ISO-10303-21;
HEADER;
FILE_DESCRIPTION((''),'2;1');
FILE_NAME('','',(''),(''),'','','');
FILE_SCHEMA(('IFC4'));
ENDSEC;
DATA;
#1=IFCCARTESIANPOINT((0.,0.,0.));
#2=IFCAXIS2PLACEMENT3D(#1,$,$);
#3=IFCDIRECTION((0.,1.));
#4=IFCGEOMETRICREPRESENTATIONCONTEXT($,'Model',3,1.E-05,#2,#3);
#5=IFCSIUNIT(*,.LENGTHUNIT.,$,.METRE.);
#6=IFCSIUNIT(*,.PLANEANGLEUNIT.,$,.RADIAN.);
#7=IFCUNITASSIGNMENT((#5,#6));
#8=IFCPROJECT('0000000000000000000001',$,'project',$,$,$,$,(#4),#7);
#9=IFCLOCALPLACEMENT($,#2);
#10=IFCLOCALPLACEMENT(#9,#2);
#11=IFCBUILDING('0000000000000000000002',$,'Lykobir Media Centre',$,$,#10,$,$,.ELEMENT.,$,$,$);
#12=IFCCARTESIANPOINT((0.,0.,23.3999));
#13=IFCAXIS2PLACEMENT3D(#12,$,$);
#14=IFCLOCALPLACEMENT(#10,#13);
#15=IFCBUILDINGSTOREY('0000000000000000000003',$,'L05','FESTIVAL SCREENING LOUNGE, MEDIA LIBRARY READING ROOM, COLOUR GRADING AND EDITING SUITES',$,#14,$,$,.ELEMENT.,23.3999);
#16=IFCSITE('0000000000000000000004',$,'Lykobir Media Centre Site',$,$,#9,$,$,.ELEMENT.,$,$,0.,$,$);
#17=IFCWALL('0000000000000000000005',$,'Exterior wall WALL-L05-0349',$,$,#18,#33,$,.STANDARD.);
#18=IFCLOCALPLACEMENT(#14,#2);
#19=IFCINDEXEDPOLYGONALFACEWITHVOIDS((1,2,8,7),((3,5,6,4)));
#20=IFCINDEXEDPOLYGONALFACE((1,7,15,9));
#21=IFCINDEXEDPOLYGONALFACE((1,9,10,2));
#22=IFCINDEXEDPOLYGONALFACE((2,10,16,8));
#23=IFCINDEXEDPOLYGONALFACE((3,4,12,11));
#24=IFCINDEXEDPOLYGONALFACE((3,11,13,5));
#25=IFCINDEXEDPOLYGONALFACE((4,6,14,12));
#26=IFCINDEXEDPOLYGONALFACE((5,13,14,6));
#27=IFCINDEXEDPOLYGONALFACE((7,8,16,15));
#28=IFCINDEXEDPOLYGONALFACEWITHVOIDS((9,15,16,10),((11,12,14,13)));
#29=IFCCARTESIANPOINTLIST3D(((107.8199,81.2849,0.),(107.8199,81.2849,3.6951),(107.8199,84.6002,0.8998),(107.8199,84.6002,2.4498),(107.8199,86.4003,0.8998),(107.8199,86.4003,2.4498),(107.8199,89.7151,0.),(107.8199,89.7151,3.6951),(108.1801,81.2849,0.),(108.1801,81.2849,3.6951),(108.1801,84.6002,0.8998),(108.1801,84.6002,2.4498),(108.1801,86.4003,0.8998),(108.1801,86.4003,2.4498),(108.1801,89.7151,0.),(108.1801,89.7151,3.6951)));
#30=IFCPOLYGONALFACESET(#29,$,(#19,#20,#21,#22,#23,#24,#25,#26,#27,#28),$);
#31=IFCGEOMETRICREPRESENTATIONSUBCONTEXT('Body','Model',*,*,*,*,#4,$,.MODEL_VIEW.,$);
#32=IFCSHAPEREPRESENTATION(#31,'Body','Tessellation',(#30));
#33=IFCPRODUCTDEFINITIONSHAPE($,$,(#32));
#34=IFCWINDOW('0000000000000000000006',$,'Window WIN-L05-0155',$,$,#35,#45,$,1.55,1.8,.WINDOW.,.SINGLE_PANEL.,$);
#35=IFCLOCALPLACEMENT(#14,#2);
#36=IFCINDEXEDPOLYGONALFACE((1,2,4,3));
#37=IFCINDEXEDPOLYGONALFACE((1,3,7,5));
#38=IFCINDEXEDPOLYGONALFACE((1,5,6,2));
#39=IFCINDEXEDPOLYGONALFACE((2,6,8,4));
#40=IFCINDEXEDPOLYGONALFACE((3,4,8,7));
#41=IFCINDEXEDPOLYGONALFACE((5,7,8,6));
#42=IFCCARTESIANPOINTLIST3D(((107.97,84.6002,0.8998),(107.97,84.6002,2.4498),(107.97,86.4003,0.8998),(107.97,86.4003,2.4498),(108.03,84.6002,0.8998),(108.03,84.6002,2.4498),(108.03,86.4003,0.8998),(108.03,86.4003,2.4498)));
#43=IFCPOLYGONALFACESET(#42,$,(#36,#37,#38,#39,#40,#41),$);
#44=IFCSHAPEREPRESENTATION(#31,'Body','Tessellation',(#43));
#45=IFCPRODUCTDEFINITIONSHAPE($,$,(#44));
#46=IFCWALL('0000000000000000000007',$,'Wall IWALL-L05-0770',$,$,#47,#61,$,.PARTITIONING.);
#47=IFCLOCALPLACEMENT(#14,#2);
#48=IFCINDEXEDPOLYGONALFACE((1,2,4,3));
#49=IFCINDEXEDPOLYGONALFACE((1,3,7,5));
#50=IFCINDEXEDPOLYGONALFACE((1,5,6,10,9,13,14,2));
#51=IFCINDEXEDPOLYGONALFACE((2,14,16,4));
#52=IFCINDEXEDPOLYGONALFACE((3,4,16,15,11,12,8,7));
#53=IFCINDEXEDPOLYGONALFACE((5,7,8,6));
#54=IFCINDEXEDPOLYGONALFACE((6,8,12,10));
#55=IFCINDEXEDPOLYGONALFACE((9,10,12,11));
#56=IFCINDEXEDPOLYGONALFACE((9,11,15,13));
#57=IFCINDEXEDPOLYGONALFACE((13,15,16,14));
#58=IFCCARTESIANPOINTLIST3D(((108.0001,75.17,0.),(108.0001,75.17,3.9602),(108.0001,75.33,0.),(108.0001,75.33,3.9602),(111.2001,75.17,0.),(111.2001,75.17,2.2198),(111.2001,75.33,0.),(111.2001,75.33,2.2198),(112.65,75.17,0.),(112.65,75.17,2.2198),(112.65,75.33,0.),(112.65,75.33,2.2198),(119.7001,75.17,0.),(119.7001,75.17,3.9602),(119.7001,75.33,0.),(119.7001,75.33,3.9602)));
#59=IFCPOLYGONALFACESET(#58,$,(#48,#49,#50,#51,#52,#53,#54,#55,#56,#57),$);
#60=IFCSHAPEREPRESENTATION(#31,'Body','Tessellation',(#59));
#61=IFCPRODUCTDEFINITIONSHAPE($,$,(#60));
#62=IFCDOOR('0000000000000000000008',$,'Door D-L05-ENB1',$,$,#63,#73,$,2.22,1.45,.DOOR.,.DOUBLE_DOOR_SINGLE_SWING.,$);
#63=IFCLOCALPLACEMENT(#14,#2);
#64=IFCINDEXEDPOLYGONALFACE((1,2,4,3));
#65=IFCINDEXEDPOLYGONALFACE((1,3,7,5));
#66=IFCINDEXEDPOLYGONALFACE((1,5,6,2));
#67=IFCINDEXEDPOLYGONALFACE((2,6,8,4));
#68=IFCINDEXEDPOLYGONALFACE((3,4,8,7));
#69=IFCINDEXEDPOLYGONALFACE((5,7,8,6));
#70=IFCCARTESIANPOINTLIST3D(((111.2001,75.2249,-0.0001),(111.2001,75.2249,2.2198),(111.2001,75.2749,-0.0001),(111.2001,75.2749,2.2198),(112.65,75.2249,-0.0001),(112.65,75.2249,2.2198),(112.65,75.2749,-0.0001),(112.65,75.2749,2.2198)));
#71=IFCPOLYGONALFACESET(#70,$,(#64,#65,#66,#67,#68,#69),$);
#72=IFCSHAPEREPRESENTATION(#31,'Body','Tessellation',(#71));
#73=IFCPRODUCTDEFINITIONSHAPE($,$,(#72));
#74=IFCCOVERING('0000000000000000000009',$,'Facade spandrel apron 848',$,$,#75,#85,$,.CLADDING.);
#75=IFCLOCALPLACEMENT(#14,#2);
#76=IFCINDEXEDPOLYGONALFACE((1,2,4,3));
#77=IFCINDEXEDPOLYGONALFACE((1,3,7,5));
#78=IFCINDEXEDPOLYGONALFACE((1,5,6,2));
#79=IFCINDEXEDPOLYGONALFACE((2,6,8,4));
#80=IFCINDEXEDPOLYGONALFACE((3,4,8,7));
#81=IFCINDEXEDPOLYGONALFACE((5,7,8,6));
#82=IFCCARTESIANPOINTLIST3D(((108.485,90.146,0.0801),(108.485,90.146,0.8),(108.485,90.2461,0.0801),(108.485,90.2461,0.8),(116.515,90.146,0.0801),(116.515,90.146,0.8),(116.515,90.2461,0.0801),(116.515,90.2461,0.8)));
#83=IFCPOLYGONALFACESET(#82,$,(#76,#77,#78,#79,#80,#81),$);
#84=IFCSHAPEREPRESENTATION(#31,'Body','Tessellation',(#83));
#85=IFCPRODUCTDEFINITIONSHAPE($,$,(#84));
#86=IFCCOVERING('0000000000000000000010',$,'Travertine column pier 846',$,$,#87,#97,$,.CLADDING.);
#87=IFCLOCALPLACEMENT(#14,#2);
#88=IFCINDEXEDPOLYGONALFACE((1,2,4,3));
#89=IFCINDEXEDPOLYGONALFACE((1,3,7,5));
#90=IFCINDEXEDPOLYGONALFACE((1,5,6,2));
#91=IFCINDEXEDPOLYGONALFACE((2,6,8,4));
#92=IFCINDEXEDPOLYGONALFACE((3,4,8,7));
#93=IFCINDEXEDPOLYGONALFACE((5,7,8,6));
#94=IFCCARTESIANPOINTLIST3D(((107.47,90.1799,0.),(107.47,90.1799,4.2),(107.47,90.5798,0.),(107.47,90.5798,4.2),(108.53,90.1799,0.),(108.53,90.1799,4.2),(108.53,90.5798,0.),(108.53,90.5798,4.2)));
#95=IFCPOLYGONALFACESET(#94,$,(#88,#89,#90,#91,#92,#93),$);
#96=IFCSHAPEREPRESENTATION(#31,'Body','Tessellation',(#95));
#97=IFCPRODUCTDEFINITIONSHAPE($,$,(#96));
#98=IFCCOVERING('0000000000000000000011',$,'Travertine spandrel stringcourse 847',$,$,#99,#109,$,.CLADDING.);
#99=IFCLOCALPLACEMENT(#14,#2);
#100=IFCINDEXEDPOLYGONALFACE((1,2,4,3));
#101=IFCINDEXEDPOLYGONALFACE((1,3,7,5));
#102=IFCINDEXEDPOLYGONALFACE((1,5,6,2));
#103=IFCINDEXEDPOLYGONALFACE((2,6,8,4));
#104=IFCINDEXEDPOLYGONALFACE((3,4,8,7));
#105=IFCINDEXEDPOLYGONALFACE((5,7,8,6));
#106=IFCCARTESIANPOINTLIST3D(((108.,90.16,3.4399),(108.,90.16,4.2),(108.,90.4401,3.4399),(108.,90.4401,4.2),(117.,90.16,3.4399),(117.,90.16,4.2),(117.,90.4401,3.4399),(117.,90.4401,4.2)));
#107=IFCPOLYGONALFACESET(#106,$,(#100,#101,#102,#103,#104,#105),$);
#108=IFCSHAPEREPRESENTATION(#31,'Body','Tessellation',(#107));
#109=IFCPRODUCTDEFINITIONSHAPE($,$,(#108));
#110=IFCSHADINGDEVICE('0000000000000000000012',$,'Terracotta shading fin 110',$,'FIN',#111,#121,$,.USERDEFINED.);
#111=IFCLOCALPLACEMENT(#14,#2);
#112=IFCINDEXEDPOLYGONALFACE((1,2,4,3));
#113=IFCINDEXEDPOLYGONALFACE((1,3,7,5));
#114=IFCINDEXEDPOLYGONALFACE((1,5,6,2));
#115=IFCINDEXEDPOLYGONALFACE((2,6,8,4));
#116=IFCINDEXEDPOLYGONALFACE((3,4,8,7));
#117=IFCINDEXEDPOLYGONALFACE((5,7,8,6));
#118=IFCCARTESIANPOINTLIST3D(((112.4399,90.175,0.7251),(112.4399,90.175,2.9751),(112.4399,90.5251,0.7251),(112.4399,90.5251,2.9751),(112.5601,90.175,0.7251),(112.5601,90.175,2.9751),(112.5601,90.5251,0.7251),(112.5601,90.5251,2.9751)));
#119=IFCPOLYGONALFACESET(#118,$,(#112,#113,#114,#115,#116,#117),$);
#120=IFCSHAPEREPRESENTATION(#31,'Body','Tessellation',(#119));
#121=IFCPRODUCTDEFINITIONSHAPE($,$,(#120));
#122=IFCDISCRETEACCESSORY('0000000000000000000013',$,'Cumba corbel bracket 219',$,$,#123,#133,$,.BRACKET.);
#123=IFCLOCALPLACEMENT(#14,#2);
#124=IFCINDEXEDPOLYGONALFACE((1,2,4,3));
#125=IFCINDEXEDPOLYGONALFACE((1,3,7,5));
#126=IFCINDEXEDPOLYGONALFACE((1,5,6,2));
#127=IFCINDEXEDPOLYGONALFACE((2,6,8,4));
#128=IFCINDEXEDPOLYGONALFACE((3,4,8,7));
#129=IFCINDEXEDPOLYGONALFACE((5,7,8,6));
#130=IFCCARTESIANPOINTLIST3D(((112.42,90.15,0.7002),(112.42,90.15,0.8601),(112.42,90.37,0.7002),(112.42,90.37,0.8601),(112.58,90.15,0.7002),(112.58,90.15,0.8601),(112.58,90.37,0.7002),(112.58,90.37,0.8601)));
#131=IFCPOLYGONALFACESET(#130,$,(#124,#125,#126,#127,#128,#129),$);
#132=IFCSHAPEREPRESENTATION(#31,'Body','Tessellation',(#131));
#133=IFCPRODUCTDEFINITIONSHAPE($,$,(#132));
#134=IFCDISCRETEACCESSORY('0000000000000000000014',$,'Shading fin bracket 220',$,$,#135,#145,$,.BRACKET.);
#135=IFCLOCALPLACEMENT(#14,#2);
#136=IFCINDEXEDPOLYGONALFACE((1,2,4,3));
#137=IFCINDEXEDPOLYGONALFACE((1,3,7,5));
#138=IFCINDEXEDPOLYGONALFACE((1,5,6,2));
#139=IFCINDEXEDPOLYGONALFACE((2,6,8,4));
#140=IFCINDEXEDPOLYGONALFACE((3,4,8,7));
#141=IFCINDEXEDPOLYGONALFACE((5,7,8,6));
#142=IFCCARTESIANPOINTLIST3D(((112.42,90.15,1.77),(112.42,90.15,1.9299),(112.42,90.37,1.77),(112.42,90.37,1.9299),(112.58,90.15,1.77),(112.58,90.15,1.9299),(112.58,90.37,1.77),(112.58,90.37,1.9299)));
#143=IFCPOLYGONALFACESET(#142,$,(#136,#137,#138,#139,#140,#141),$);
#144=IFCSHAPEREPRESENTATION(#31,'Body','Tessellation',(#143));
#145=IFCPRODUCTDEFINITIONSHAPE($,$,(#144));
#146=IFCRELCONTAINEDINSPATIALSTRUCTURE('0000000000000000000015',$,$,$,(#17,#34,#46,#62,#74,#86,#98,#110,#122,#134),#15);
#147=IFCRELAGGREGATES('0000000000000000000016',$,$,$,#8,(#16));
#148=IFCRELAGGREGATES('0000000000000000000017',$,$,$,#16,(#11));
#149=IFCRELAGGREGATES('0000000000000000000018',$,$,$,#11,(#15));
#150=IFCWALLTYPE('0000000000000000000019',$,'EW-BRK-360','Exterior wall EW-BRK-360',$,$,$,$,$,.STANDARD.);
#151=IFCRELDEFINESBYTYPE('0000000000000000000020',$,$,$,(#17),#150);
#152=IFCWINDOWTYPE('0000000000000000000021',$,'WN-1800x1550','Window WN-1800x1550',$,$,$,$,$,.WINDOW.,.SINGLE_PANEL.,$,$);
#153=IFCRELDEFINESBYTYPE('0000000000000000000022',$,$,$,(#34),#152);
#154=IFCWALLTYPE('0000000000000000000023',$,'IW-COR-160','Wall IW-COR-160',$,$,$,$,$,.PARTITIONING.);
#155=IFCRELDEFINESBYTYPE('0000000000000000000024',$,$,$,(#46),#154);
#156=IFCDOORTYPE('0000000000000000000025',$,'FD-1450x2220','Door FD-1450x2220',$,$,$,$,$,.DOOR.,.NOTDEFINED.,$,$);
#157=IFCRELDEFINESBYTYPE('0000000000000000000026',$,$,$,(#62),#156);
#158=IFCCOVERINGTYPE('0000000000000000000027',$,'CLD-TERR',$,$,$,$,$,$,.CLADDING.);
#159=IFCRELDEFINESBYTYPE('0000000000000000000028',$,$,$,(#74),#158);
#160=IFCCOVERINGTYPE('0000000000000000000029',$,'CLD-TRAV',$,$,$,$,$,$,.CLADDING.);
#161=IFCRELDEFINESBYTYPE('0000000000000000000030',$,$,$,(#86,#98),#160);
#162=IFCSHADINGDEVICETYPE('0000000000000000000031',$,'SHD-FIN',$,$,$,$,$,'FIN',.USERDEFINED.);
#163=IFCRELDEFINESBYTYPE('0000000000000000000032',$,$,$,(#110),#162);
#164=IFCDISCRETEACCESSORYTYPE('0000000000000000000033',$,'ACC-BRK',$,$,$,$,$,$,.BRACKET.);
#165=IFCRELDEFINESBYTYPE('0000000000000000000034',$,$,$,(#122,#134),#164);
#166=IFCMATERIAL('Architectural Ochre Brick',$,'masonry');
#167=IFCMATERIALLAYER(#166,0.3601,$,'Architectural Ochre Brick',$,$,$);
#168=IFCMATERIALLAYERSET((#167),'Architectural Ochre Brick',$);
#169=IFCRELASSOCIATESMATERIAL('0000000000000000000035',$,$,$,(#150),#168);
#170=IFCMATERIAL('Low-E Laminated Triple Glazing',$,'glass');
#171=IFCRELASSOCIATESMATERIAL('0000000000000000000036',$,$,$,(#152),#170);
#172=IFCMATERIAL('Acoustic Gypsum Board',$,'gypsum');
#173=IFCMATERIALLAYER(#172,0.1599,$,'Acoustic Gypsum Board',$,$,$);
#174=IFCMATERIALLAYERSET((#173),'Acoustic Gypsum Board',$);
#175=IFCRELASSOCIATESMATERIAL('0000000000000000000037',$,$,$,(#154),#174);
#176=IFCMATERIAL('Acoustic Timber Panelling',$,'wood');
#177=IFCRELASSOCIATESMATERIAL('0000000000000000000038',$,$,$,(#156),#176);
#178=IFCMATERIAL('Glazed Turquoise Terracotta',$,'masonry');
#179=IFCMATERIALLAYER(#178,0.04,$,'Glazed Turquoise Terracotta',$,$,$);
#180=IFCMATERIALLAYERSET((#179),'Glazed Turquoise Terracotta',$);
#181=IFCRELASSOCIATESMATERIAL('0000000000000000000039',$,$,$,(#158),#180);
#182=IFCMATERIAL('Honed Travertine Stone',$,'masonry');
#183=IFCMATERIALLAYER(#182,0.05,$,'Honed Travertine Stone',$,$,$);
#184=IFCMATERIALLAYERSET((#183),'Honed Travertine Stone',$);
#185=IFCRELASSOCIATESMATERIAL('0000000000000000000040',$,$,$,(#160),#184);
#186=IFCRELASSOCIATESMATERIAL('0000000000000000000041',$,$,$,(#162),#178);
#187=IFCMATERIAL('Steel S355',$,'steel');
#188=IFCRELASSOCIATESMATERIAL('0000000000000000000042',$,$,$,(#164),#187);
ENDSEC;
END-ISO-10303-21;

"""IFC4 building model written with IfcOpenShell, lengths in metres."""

from ifc_helpers import new_model, si_unit, direction, frame, frame_2d, origin, origin_2d, place, context, subcontext, project, spatial, rectangle, extrude, material, layer, layer_set, type_object, element, fill, save


model = new_model("IFC4")

# Units and contexts
model_context = context("Model", 3, precision=1e-05, world=origin(), true_north=direction((0.0, 1.0)))
body_context = subcontext(model_context, "Body", "Model", "MODEL_VIEW")
ifc_project = project(units=[si_unit("LENGTHUNIT", "METRE"), si_unit("PLANEANGLEUNIT", "RADIAN")], contexts=[model_context])

# Site, building, storey
site_placement = place(None, origin())
site = spatial("IfcSite", under=ifc_project, at=site_placement, Name="Lykobir Media Centre Site", CompositionType="ELEMENT", RefElevation=0.0)
building_placement = place(site_placement, origin())
building = spatial("IfcBuilding", under=site, at=building_placement, Name="Lykobir Media Centre", CompositionType="ELEMENT")
storey_placement = place(building_placement, frame((0.0, 0.0, 23.3999)))
storey = spatial("IfcBuildingStorey", under=building, at=storey_placement, Name="L05", Description="FESTIVAL SCREENING LOUNGE, MEDIA LIBRARY READING ROOM, COLOUR GRADING AND EDITING SUITES", CompositionType="ELEMENT", Elevation=23.3999)

# Shared definitions
ifc_material_1 = material(Name="Steel S355", Category="steel")

# Shared definitions
ifc_material_2 = material(Name="Low-E Laminated Triple Glazing", Category="glass")

# Shared definitions
ifc_material_3 = material(Name="Architectural Ochre Brick", Category="masonry")
ifc_layer_1 = layer(ifc_material_3, 0.3601, Name="Architectural Ochre Brick")
ifc_layer_set_1 = layer_set([ifc_layer_1], Name="Architectural Ochre Brick")
wall_type_1 = type_object("IfcWallType", Name="EW-BRK-360", Description="Exterior wall EW-BRK-360", PredefinedType="STANDARD", material=ifc_layer_set_1)

# Wall, opening, window
wall_1_placement = place(storey_placement, frame((108.0, 89.7151, 0.0), z_axis=(0.0, 0.0, 1.0), x_axis=(0.0, -1.0, 0.0)))
wall_1 = element("IfcWall", 1, at=wall_1_placement, inside=storey, type_object=wall_type_1, Name="Exterior wall WALL-L05-0349", PredefinedType="STANDARD", context=body_context, shape_type="SweptSolid", body=[
    extrude(rectangle(XDim=8.4302, YDim=0.3601, at=frame_2d((4.2151, 0.0))), origin(), (0.0, 0.0, 1.0), 3.6951),
])
opening_1_placement = place(wall_1_placement, frame((3.3149, 0.0, 0.8999)))
opening_1 = element("IfcOpeningElement", 2, at=opening_1_placement, cuts=wall_1, PredefinedType="OPENING", context=body_context, shape_type="SweptSolid", body=[
    extrude(rectangle(XDim=1.8, YDim=1.55, at=frame_2d((0.8999, 0.7749))), frame((0.0, 0.1899, 0.0), z_axis=(0.0, -1.0, 0.0), x_axis=(1.0, 0.0, 0.0)), (0.0, 0.0, 1.0), 0.3801),
])
window_type = type_object("IfcWindowType", Name="WN-1800x1550", Description="Window WN-1800x1550", PartitioningType="SINGLE_PANEL", PredefinedType="WINDOW", material=ifc_material_2)
window_placement = place(opening_1_placement, origin())
window = element("IfcWindow", 3, at=window_placement, inside=storey, type_object=window_type, Name="Window WIN-L05-0155", OverallHeight=1.55, OverallWidth=1.8, PartitioningType="SINGLE_PANEL", PredefinedType="WINDOW", context=body_context, shape_type="SweptSolid", body=[
    extrude(rectangle(XDim=1.8, YDim=1.55, at=frame_2d((0.8999, 0.7749))), frame((0.0, 0.03, 0.0), z_axis=(0.0, -1.0, 0.0), x_axis=(1.0, 0.0, 0.0)), (0.0, 0.0, 1.0), 0.0601),
])
fill(opening_1, window)

# Wall, opening, door
ifc_material_4 = material(Name="Acoustic Gypsum Board", Category="gypsum")
ifc_layer_2 = layer(ifc_material_4, 0.1599, Name="Acoustic Gypsum Board")
ifc_layer_set_2 = layer_set([ifc_layer_2], Name="Acoustic Gypsum Board")
wall_type_2 = type_object("IfcWallType", Name="IW-COR-160", Description="Wall IW-COR-160", PredefinedType="PARTITIONING", material=ifc_layer_set_2)
wall_2_placement = place(storey_placement, frame((108.0, 75.25, 0.0), z_axis=(0.0, 0.0, 1.0), x_axis=(1.0, 0.0, 0.0)))
wall_2 = element("IfcWall", 4, at=wall_2_placement, inside=storey, type_object=wall_type_2, Name="Wall IWALL-L05-0770", PredefinedType="PARTITIONING", context=body_context, shape_type="SweptSolid", body=[
    extrude(rectangle(XDim=11.7, YDim=0.1599, at=frame_2d((5.8501, 0.0))), origin(), (0.0, 0.0, 1.0), 3.9602),
])
opening_2_placement = place(wall_2_placement, frame((3.2, 0.0, 0.0)))
opening_2 = element("IfcOpeningElement", 5, at=opening_2_placement, cuts=wall_2, PredefinedType="OPENING", context=body_context, shape_type="SweptSolid", body=[
    extrude(rectangle(XDim=1.45, YDim=2.22, at=frame_2d((0.7251, 1.1099))), frame((0.0, 0.0898, 0.0), z_axis=(0.0, -1.0, 0.0), x_axis=(1.0, 0.0, 0.0)), (0.0, 0.0, 1.0), 0.1799),
])
ifc_material_5 = material(Name="Acoustic Timber Panelling", Category="wood")
door_type_1 = type_object("IfcDoorType", Name="FD-1450x2220", Description="Door FD-1450x2220", OperationType="NOTDEFINED", PredefinedType="DOOR", material=ifc_material_5)
door_1_placement = place(opening_2_placement, origin())
door_1 = element("IfcDoor", 6, at=door_1_placement, inside=storey, type_object=door_type_1, Name="Door D-L05-ENB1", OperationType="DOUBLE_DOOR_SINGLE_SWING", OverallHeight=2.22, OverallWidth=1.45, PredefinedType="DOOR", context=body_context, shape_type="SweptSolid", body=[
    extrude(rectangle(XDim=1.45, YDim=2.22, at=frame_2d((0.7251, 1.1099))), frame((0.0, 0.0249, 0.0), z_axis=(0.0, -1.0, 0.0), x_axis=(1.0, 0.0, 0.0)), (0.0, 0.0, 1.0), 0.05),
])
fill(opening_2, door_1)

# Coverings
ifc_material_6 = material(Name="Glazed Turquoise Terracotta", Category="masonry")
ifc_layer_3 = layer(ifc_material_6, 0.04, Name="Glazed Turquoise Terracotta")
ifc_layer_set_3 = layer_set([ifc_layer_3], Name="Glazed Turquoise Terracotta")
covering_type_1 = type_object("IfcCoveringType", Name="CLD-TERR", PredefinedType="CLADDING", material=ifc_layer_set_3)
covering_1_placement = place(storey_placement, frame((112.5, 90.196, 0.0801), z_axis=(0.0, 0.0, 1.0), x_axis=(-1.0, 0.0, 0.0)))
element("IfcCovering", 7, at=covering_1_placement, inside=storey, type_object=covering_type_1, Name="Facade spandrel apron 848", PredefinedType="CLADDING", context=body_context, shape_type="SweptSolid", body=[
    extrude(rectangle(XDim=8.03, YDim=0.1001, at=origin_2d()), origin(), (0.0, 0.0, 1.0), 0.72),
])
ifc_material_7 = material(Name="Honed Travertine Stone", Category="masonry")
ifc_layer_4 = layer(ifc_material_7, 0.05, Name="Honed Travertine Stone")
ifc_layer_set_4 = layer_set([ifc_layer_4], Name="Honed Travertine Stone")
covering_type_2 = type_object("IfcCoveringType", Name="CLD-TRAV", PredefinedType="CLADDING", material=ifc_layer_set_4)
covering_2_placement = place(storey_placement, frame((108.0, 90.3799, 0.0), z_axis=(0.0, 0.0, 1.0), x_axis=(-1.0, 0.0, 0.0)))
element("IfcCovering", 8, at=covering_2_placement, inside=storey, type_object=covering_type_2, Name="Travertine column pier 846", PredefinedType="CLADDING", context=body_context, shape_type="SweptSolid", body=[
    extrude(rectangle(XDim=1.0601, YDim=0.3999, at=origin_2d()), origin(), (0.0, 0.0, 1.0), 4.2),
])
covering_3_placement = place(storey_placement, frame((112.5, 90.3, 3.4399), z_axis=(0.0, 0.0, 1.0), x_axis=(-1.0, 0.0, 0.0)))
element("IfcCovering", 9, at=covering_3_placement, inside=storey, type_object=covering_type_2, Name="Travertine spandrel stringcourse 847", PredefinedType="CLADDING", context=body_context, shape_type="SweptSolid", body=[
    extrude(rectangle(XDim=9.0, YDim=0.28, at=origin_2d()), origin(), (0.0, 0.0, 1.0), 0.76),
])

# Shading device
shading_device_type = type_object("IfcShadingDeviceType", Name="SHD-FIN", ElementType="FIN", PredefinedType="USERDEFINED", material=ifc_material_6)
shading_device_placement = place(storey_placement, frame((112.5, 90.3501, 0.7251), z_axis=(0.0, 0.0, 1.0), x_axis=(-1.0, 0.0, 0.0)))
element("IfcShadingDevice", 10, at=shading_device_placement, inside=storey, type_object=shading_device_type, Name="Terracotta shading fin 110", ObjectType="FIN", PredefinedType="USERDEFINED", context=body_context, shape_type="SweptSolid", body=[
    extrude(rectangle(XDim=0.1201, YDim=0.3501, at=origin_2d()), origin(), (0.0, 0.0, 1.0), 2.25),
])

# Discrete accessories
discrete_accessory_type = type_object("IfcDiscreteAccessoryType", Name="ACC-BRK", PredefinedType="BRACKET", material=ifc_material_1)
for number, where, z_axis, x_axis, name in (
    (11, (112.5, 90.26, 0.7002), (0.0, 0.0, 1.0), (-1.0, 0.0, 0.0), "Cumba corbel bracket 219"),
    (12, (112.5, 90.26, 1.77), (0.0, 0.0, 1.0), (-1.0, 0.0, 0.0), "Shading fin bracket 220"),
):
    element("IfcDiscreteAccessory", number, at=place(storey_placement, frame(where, z_axis=z_axis, x_axis=x_axis)), inside=storey, type_object=discrete_accessory_type, Name=name, PredefinedType="BRACKET", context=body_context, shape_type="SweptSolid", body=[
        extrude(rectangle(XDim=0.1599, YDim=0.22, at=origin_2d()), origin(), (0.0, 0.0, 1.0), 0.1599),
    ])

save(model, "model.ifc")
